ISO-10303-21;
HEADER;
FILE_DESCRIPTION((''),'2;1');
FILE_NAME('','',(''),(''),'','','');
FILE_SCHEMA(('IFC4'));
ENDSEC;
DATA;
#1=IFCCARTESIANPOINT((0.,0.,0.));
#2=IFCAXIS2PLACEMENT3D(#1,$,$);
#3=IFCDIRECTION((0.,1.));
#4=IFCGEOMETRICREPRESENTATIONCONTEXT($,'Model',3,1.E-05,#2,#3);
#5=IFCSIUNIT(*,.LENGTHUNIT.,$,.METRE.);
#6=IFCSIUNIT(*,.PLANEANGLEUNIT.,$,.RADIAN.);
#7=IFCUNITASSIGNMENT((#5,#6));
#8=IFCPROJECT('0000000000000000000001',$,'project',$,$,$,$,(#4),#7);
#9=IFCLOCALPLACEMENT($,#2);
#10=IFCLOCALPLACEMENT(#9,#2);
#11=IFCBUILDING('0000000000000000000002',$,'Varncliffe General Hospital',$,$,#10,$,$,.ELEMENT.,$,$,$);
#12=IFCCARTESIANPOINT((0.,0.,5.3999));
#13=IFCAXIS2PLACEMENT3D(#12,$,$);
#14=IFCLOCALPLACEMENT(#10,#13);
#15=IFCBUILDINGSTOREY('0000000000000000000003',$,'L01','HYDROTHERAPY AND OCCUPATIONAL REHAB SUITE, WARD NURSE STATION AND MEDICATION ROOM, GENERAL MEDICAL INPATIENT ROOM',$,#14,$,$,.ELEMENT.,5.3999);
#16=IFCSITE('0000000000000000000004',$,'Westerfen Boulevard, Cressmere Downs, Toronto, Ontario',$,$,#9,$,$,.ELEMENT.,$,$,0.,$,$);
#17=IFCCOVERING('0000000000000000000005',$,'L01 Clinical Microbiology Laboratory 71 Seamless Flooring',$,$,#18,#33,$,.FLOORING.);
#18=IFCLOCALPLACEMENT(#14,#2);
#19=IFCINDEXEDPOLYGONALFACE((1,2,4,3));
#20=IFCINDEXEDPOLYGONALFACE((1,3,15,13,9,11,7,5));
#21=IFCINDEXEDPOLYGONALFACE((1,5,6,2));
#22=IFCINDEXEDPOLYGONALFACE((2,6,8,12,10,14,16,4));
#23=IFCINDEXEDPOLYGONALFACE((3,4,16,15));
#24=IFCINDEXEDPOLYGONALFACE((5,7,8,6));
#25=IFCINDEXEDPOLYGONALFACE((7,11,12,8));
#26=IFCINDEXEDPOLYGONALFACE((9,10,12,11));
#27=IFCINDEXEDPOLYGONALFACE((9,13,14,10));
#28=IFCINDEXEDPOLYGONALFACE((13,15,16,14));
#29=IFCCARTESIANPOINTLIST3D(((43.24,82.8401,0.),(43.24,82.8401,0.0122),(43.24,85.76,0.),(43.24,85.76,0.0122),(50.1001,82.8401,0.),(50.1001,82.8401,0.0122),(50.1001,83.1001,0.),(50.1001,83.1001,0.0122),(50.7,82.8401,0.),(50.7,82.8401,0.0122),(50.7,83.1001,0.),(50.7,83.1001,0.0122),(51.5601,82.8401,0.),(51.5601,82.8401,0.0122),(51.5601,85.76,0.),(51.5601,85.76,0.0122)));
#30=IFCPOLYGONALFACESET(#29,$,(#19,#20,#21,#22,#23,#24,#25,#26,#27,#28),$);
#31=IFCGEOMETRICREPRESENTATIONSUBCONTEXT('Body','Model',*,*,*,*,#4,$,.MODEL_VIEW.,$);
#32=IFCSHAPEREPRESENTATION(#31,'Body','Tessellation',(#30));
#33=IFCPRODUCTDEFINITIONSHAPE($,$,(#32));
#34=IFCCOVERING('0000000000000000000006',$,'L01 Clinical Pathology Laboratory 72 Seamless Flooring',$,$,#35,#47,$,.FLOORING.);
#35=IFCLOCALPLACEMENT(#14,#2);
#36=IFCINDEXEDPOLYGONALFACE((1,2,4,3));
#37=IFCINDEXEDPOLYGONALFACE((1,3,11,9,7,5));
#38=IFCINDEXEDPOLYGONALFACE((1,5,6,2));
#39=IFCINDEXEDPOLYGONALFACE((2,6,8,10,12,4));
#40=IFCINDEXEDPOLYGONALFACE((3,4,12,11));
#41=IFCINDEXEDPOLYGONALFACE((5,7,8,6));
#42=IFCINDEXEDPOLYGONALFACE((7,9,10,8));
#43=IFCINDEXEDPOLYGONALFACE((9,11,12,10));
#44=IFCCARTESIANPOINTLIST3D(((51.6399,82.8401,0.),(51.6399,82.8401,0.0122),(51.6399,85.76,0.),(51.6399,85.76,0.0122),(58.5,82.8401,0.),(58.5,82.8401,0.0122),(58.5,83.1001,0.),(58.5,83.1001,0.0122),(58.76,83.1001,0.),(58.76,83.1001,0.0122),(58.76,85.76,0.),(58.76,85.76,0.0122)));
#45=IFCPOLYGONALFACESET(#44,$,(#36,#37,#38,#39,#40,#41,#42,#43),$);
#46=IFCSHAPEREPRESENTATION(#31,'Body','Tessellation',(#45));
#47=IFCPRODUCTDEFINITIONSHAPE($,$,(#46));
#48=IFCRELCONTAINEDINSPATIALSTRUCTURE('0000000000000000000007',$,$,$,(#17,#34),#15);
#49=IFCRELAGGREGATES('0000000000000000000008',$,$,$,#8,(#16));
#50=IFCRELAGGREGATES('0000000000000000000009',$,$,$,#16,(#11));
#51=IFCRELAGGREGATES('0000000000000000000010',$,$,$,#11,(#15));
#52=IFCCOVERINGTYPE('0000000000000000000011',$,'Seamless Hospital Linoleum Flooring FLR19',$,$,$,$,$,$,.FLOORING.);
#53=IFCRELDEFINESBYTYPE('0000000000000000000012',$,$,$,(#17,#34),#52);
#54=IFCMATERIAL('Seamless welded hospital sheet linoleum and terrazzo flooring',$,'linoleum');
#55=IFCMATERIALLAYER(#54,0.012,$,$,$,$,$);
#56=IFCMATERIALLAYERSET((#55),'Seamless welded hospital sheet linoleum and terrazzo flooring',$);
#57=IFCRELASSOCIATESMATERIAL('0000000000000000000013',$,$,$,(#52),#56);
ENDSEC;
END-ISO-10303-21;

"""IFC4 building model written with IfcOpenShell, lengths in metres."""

from ifc_helpers import new_model, si_unit, direction, frame, origin, place, context, subcontext, project, spatial, polyline, outline, extrude, material, layer, layer_set, type_object, element, save


model = new_model("IFC4")

# Units and contexts
model_context = context("Model", 3, precision=1e-05, world=origin(), true_north=direction((0.0, 1.0)))
body_context = subcontext(model_context, "Body", "Model", "MODEL_VIEW")
ifc_project = project(units=[si_unit("LENGTHUNIT", "METRE"), si_unit("PLANEANGLEUNIT", "RADIAN")], contexts=[model_context])

# Site, building, storey
site_placement = place(None, origin())
site = spatial("IfcSite", under=ifc_project, at=site_placement, Name="Westerfen Boulevard, Cressmere Downs, Toronto, Ontario", CompositionType="ELEMENT", RefElevation=0.0)
building_placement = place(site_placement, origin())
building = spatial("IfcBuilding", under=site, at=building_placement, Name="Varncliffe General Hospital", CompositionType="ELEMENT")
storey_placement = place(building_placement, frame((0.0, 0.0, 5.3999)))
storey = spatial("IfcBuildingStorey", under=building, at=storey_placement, Name="L01", Description="HYDROTHERAPY AND OCCUPATIONAL REHAB SUITE, WARD NURSE STATION AND MEDICATION ROOM, GENERAL MEDICAL INPATIENT ROOM", CompositionType="ELEMENT", Elevation=5.3999)

# Coverings
ifc_material_1 = material(Name="Seamless welded hospital sheet linoleum and terrazzo flooring", Category="linoleum")
ifc_layer_1 = layer(ifc_material_1, 0.012)
ifc_layer_set_1 = layer_set([ifc_layer_1], Name="Seamless welded hospital sheet linoleum and terrazzo flooring")
covering_type_1 = type_object("IfcCoveringType", Name="Seamless Hospital Linoleum Flooring FLR19", PredefinedType="FLOORING", material=ifc_layer_set_1)
covering_1_placement = place(storey_placement, origin())
element("IfcCovering", 1, at=covering_1_placement, inside=storey, type_object=covering_type_1, Name="L01 Clinical Microbiology Laboratory 71 Seamless Flooring", PredefinedType="FLOORING", context=body_context, shape_type="SweptSolid", body=[
    extrude(outline(polyline([(43.24, 82.8401), (43.24, 85.76), (51.5601, 85.76), (51.5601, 82.8401), (50.7, 82.8401), (50.7, 83.1001), (50.1001, 83.1001), (50.1001, 82.8401), (43.24, 82.8401)])), origin(), (0.0, 0.0, 1.0), 0.0122),
])
covering_2_placement = place(storey_placement, origin())
element("IfcCovering", 2, at=covering_2_placement, inside=storey, type_object=covering_type_1, Name="L01 Clinical Pathology Laboratory 72 Seamless Flooring", PredefinedType="FLOORING", context=body_context, shape_type="SweptSolid", body=[
    extrude(outline(polyline([(51.6399, 82.8401), (51.6399, 85.76), (58.76, 85.76), (58.76, 83.1001), (58.5, 83.1001), (58.5, 82.8401), (51.6399, 82.8401)])), origin(), (0.0, 0.0, 1.0), 0.0122),
])

save(model, "model.ifc")
